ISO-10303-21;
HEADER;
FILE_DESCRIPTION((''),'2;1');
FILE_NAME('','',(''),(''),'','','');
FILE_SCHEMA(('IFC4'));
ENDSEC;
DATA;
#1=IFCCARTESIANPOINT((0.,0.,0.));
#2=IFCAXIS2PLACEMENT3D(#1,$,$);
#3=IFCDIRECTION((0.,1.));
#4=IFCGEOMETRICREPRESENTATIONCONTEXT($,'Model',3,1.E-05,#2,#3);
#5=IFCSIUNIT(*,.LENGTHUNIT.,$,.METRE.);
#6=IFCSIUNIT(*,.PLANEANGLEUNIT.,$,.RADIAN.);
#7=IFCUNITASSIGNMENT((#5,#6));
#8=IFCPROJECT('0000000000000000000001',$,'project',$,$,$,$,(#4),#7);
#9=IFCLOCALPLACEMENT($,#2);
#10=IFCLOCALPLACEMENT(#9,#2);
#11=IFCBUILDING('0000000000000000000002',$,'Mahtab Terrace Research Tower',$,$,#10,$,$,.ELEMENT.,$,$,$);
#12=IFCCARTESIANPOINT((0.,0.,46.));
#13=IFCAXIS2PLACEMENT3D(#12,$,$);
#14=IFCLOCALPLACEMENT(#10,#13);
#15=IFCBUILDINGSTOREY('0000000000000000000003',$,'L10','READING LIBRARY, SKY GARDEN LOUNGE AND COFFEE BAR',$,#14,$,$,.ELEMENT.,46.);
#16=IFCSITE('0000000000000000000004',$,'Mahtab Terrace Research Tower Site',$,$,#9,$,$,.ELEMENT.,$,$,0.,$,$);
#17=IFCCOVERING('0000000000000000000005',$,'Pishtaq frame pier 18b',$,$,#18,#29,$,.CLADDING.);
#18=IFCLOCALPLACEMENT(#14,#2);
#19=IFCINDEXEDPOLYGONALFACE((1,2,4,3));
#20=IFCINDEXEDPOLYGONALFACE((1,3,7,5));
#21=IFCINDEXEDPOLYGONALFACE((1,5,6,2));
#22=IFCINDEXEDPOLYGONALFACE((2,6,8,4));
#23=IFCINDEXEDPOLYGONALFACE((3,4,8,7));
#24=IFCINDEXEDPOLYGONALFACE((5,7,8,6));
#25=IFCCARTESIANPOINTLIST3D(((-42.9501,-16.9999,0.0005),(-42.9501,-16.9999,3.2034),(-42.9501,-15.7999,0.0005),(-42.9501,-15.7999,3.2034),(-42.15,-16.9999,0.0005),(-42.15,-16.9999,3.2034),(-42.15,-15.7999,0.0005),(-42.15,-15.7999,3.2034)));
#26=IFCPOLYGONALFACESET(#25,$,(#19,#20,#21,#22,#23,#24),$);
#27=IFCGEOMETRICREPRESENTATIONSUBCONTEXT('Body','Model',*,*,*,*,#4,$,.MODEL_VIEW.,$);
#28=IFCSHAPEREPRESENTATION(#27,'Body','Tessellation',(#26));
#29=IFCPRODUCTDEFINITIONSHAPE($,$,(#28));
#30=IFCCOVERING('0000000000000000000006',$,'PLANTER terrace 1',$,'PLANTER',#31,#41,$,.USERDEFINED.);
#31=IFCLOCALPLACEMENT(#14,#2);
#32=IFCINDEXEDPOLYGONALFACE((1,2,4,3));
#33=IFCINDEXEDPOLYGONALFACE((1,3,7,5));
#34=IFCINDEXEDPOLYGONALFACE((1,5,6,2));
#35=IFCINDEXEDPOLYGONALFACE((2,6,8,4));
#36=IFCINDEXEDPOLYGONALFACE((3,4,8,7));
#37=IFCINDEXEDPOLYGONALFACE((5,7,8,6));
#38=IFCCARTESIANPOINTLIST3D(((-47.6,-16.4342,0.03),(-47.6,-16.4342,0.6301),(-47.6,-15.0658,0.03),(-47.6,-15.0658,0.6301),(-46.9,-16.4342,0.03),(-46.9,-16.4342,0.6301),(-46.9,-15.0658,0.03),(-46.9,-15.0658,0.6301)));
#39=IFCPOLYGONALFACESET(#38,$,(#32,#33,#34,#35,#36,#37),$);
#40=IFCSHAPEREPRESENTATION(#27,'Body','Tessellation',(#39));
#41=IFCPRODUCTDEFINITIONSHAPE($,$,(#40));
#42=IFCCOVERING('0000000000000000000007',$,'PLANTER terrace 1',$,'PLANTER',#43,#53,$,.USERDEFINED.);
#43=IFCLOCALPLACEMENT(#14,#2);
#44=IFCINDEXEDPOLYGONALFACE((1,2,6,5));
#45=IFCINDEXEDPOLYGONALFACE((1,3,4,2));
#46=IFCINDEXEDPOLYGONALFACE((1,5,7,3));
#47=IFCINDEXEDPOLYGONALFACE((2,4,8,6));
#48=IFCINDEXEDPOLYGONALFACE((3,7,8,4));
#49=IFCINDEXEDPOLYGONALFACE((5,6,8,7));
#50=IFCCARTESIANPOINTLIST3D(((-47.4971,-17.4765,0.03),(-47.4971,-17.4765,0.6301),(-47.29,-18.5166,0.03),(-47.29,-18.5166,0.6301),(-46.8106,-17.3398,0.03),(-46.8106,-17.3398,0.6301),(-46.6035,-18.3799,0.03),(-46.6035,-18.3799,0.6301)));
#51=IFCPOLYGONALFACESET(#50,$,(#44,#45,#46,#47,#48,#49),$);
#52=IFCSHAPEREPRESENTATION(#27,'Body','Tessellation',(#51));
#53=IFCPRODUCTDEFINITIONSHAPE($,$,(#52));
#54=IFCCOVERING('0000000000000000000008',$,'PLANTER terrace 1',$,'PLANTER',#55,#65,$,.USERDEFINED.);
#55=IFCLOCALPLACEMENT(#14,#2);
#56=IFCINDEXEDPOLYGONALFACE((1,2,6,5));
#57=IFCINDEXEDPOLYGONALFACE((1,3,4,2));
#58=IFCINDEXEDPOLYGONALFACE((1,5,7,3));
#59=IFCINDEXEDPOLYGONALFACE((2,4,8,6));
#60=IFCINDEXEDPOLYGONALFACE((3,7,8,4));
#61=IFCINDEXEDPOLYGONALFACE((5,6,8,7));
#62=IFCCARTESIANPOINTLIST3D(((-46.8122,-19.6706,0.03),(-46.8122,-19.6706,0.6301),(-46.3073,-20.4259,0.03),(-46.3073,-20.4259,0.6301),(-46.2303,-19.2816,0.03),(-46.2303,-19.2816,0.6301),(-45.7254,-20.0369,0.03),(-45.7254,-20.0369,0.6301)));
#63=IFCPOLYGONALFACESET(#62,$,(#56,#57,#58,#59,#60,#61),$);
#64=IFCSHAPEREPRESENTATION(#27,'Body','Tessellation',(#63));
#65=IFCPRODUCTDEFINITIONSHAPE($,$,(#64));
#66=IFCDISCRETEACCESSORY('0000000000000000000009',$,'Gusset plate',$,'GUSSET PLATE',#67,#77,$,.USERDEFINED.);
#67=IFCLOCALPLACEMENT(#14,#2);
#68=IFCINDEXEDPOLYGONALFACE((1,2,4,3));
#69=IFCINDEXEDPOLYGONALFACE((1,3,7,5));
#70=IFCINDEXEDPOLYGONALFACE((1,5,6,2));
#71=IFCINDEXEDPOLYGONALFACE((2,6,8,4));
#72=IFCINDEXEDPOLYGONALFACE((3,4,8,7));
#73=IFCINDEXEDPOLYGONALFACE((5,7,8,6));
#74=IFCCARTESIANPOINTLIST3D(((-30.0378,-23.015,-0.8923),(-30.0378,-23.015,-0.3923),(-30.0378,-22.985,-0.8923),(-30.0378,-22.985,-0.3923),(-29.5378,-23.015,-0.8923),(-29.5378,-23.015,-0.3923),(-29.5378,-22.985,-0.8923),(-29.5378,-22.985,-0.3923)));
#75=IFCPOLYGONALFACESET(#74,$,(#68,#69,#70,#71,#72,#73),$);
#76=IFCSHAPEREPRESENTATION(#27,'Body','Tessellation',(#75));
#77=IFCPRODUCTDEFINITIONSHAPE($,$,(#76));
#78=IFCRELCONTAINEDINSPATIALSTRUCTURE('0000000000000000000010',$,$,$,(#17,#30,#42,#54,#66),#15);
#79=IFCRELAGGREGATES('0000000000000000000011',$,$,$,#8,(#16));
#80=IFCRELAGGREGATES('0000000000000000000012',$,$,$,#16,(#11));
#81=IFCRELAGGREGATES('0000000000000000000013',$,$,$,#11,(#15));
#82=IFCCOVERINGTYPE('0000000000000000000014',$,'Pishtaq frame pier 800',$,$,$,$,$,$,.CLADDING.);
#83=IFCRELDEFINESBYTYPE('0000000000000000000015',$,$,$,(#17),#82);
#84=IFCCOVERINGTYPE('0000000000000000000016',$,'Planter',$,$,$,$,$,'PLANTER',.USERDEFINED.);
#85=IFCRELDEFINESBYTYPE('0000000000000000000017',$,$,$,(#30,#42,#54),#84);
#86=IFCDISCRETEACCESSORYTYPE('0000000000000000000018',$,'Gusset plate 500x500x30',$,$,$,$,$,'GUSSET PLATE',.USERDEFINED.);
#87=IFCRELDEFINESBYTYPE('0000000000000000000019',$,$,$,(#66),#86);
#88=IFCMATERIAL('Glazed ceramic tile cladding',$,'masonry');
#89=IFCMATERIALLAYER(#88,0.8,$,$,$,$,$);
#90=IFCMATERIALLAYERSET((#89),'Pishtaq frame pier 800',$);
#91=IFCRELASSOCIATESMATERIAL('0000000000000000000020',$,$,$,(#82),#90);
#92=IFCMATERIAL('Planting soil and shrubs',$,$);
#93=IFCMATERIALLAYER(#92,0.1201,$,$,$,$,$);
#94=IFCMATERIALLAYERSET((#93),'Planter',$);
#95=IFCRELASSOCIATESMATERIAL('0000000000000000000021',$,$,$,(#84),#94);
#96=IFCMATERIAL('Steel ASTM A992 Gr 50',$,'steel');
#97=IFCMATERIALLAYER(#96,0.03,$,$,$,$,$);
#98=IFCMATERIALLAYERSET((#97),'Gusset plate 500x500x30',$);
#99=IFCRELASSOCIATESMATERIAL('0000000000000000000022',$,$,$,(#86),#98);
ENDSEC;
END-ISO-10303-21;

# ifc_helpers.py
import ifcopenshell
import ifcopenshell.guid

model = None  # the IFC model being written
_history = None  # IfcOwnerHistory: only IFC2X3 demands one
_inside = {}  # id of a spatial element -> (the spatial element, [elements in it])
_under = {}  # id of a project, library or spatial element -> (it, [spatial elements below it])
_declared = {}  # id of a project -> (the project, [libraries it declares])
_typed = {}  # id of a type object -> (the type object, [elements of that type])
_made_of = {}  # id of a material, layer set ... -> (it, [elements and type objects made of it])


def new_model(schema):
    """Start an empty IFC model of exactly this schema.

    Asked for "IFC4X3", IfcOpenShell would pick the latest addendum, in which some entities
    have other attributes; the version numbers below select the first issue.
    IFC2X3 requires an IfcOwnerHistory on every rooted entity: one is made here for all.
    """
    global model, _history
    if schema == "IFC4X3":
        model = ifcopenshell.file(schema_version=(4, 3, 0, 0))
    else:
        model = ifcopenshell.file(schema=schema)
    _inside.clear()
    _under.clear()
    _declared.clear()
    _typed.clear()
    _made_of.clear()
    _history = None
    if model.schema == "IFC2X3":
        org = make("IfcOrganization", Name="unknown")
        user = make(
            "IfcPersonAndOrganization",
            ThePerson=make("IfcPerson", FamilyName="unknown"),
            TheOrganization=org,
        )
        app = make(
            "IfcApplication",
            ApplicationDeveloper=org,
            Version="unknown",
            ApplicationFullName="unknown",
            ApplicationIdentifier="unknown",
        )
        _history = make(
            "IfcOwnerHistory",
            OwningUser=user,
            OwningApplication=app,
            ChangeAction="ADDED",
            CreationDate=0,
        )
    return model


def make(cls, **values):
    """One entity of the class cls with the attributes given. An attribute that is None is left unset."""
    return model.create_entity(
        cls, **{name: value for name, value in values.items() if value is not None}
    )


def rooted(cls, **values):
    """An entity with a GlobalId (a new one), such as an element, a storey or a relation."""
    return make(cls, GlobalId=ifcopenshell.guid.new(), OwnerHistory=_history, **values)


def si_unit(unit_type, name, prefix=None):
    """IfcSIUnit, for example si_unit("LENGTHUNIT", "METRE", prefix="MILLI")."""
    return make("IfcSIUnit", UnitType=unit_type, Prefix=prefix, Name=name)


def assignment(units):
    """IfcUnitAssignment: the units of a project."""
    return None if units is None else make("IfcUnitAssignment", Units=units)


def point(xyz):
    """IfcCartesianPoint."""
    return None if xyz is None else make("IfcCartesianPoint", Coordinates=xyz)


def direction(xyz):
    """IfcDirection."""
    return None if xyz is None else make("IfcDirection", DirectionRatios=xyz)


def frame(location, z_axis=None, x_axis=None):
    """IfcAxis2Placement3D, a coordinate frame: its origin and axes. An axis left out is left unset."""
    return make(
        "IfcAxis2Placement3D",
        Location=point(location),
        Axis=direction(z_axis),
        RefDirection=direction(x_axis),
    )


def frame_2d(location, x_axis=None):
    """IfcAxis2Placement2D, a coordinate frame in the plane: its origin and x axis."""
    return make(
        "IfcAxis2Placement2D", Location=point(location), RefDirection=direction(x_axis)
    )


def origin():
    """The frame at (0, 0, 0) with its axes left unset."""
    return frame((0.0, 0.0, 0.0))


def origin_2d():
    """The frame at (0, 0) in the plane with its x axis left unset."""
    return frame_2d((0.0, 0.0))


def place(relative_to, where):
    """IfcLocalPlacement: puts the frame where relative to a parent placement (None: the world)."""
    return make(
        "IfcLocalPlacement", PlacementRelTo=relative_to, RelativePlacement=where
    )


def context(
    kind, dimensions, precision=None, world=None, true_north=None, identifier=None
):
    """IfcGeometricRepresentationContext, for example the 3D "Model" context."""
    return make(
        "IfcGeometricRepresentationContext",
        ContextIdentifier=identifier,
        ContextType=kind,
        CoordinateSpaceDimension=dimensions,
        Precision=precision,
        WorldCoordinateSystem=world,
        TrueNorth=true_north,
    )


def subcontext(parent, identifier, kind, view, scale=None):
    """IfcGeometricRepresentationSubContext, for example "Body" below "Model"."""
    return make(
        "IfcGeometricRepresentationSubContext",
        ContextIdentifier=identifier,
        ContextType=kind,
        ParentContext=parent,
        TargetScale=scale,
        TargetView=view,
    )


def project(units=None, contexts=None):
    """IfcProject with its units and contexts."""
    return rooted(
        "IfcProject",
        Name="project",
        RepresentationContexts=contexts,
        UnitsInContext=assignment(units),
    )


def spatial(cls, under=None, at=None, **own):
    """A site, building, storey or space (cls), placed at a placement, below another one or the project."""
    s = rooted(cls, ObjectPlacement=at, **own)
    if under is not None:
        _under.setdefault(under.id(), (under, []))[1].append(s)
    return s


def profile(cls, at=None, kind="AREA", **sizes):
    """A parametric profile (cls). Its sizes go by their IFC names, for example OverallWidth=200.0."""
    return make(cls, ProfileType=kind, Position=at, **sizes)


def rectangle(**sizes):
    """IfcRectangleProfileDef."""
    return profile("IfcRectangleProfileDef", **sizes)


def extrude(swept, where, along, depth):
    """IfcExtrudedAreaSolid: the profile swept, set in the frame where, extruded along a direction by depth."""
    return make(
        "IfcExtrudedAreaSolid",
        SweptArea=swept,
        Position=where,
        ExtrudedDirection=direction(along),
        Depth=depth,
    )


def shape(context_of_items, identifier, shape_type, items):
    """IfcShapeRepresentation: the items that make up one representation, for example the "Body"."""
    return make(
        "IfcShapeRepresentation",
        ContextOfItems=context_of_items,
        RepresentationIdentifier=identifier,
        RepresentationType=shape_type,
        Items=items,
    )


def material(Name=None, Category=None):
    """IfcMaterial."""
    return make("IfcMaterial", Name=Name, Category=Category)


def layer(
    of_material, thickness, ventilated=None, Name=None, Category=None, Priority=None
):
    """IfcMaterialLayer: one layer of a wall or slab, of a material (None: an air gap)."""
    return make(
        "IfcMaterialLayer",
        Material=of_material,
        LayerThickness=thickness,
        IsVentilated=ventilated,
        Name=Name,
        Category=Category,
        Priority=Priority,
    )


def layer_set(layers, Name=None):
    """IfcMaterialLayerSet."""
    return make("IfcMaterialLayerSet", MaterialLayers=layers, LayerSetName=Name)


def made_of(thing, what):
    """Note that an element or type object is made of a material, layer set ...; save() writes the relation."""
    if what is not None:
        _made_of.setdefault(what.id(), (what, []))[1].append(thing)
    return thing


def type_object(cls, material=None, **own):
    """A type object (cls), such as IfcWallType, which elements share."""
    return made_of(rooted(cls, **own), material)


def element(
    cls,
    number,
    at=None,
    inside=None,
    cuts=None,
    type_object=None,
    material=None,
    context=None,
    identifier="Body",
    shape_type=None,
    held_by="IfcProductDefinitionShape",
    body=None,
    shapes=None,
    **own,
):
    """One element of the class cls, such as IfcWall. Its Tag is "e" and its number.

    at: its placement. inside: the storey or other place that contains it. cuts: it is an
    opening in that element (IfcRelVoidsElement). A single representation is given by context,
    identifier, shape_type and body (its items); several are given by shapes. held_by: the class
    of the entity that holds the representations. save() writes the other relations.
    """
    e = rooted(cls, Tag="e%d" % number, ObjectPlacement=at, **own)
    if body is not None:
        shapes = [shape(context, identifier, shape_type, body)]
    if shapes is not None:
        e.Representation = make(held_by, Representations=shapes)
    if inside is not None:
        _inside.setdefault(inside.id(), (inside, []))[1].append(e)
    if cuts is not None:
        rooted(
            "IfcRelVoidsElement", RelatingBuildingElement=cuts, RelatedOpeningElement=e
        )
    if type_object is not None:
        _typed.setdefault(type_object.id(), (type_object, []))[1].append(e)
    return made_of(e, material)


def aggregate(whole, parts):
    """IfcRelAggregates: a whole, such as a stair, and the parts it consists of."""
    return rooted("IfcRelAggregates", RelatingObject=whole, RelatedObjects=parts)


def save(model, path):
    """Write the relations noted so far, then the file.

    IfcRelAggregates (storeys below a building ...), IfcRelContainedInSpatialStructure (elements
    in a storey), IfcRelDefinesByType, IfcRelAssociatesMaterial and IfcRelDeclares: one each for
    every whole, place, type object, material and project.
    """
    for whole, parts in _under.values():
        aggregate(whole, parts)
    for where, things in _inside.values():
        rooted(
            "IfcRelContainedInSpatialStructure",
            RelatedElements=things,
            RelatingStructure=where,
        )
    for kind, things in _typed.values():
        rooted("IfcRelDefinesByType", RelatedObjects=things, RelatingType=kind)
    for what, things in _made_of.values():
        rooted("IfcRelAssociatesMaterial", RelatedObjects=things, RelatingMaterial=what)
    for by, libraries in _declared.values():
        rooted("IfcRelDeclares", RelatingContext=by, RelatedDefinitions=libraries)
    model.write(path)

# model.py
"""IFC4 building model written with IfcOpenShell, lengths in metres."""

from ifc_helpers import new_model, si_unit, direction, frame, origin, origin_2d, place, context, subcontext, project, spatial, rectangle, extrude, material, layer, layer_set, type_object, element, save


model = new_model("IFC4")

# Units and contexts
model_context = context("Model", 3, precision=1e-05, world=origin(), true_north=direction((0.0, 1.0)))
body_context = subcontext(model_context, "Body", "Model", "MODEL_VIEW")
ifc_project = project(units=[si_unit("LENGTHUNIT", "METRE"), si_unit("PLANEANGLEUNIT", "RADIAN")], contexts=[model_context])

# Site, building, storey
site_placement = place(None, origin())
site = spatial("IfcSite", under=ifc_project, at=site_placement, Name="Mahtab Terrace Research Tower Site", CompositionType="ELEMENT", RefElevation=0.0)
building_placement = place(site_placement, origin())
building = spatial("IfcBuilding", under=site, at=building_placement, Name="Mahtab Terrace Research Tower", CompositionType="ELEMENT")
storey_placement = place(building_placement, frame((0.0, 0.0, 46.0)))
storey = spatial("IfcBuildingStorey", under=building, at=storey_placement, Name="L10", Description="READING LIBRARY, SKY GARDEN LOUNGE AND COFFEE BAR", CompositionType="ELEMENT", Elevation=46.0)

# Shared definitions
ifc_material_1 = material(Name="Steel ASTM A992 Gr 50", Category="steel")

# Coverings
ifc_material_2 = material(Name="Glazed ceramic tile cladding", Category="masonry")
ifc_layer_1 = layer(ifc_material_2, 0.8)
ifc_layer_set_1 = layer_set([ifc_layer_1], Name="Pishtaq frame pier 800")
covering_type_1 = type_object("IfcCoveringType", Name="Pishtaq frame pier 800", PredefinedType="CLADDING", material=ifc_layer_set_1)
covering_1_placement = place(storey_placement, frame((-42.55, -16.3999, 0.0005), z_axis=(0.0, 0.0, 1.0), x_axis=(0.0, -1.0, 0.0)))
element("IfcCovering", 1, at=covering_1_placement, inside=storey, type_object=covering_type_1, Name="Pishtaq frame pier 18b", PredefinedType="CLADDING", context=body_context, shape_type="SweptSolid", body=[
    extrude(rectangle(XDim=1.2, YDim=0.8, at=origin_2d()), origin(), (0.0, 0.0, 1.0), 3.2029),
])
ifc_material_3 = material(Name="Planting soil and shrubs")
ifc_layer_2 = layer(ifc_material_3, 0.1201)
ifc_layer_set_2 = layer_set([ifc_layer_2], Name="Planter")
covering_type_2 = type_object("IfcCoveringType", Name="Planter", ElementType="PLANTER", PredefinedType="USERDEFINED", material=ifc_layer_set_2)
covering_2_placement = place(storey_placement, frame((-47.25, -15.75, 0.03), z_axis=(0.0, 0.0, 1.0), x_axis=(0.0, -1.0, 0.0)))
element("IfcCovering", 2, at=covering_2_placement, inside=storey, type_object=covering_type_2, Name="PLANTER terrace 1", ObjectType="PLANTER", PredefinedType="USERDEFINED", context=body_context, shape_type="SweptSolid", body=[
    extrude(rectangle(XDim=1.3684, YDim=0.7, at=origin_2d()), origin(), (0.0, 0.0, 1.0), 0.6001),
])
covering_3_placement = place(storey_placement, frame((-47.0503, -17.9282, 0.03), z_axis=(0.0, 0.0, 1.0), x_axis=(0.195304, -0.980743, 0.0)))
element("IfcCovering", 3, at=covering_3_placement, inside=storey, type_object=covering_type_2, Name="PLANTER terrace 1", ObjectType="PLANTER", PredefinedType="USERDEFINED", context=body_context, shape_type="SweptSolid", body=[
    extrude(rectangle(XDim=1.0605, YDim=0.7, at=origin_2d()), origin(), (0.0, 0.0, 1.0), 0.6001),
])
covering_4_placement = place(storey_placement, frame((-46.2688, -19.8538, 0.03), z_axis=(0.0, 0.0, 1.0), x_axis=(0.555757, -0.831344, 0.0)))
element("IfcCovering", 4, at=covering_4_placement, inside=storey, type_object=covering_type_2, Name="PLANTER terrace 1", ObjectType="PLANTER", PredefinedType="USERDEFINED", context=body_context, shape_type="SweptSolid", body=[
    extrude(rectangle(XDim=0.9084, YDim=0.7, at=origin_2d()), origin(), (0.0, 0.0, 1.0), 0.6001),
])

# Discrete accessory
ifc_layer_3 = layer(ifc_material_1, 0.03)
ifc_layer_set_3 = layer_set([ifc_layer_3], Name="Gusset plate 500x500x30")
discrete_accessory_type = type_object("IfcDiscreteAccessoryType", Name="Gusset plate 500x500x30", ElementType="GUSSET PLATE", PredefinedType="USERDEFINED", material=ifc_layer_set_3)
discrete_accessory_placement = place(storey_placement, frame((-29.7878, -23.0, -0.8923), z_axis=(0.0, 0.0, 1.0), x_axis=(1.0, 0.0, 0.0)))
element("IfcDiscreteAccessory", 5, at=discrete_accessory_placement, inside=storey, type_object=discrete_accessory_type, Name="Gusset plate", ObjectType="GUSSET PLATE", PredefinedType="USERDEFINED", context=body_context, shape_type="SweptSolid", body=[
    extrude(rectangle(XDim=0.5, YDim=0.03, at=origin_2d()), origin(), (0.0, 0.0, 1.0), 0.5),
])

save(model, "model.ifc")
